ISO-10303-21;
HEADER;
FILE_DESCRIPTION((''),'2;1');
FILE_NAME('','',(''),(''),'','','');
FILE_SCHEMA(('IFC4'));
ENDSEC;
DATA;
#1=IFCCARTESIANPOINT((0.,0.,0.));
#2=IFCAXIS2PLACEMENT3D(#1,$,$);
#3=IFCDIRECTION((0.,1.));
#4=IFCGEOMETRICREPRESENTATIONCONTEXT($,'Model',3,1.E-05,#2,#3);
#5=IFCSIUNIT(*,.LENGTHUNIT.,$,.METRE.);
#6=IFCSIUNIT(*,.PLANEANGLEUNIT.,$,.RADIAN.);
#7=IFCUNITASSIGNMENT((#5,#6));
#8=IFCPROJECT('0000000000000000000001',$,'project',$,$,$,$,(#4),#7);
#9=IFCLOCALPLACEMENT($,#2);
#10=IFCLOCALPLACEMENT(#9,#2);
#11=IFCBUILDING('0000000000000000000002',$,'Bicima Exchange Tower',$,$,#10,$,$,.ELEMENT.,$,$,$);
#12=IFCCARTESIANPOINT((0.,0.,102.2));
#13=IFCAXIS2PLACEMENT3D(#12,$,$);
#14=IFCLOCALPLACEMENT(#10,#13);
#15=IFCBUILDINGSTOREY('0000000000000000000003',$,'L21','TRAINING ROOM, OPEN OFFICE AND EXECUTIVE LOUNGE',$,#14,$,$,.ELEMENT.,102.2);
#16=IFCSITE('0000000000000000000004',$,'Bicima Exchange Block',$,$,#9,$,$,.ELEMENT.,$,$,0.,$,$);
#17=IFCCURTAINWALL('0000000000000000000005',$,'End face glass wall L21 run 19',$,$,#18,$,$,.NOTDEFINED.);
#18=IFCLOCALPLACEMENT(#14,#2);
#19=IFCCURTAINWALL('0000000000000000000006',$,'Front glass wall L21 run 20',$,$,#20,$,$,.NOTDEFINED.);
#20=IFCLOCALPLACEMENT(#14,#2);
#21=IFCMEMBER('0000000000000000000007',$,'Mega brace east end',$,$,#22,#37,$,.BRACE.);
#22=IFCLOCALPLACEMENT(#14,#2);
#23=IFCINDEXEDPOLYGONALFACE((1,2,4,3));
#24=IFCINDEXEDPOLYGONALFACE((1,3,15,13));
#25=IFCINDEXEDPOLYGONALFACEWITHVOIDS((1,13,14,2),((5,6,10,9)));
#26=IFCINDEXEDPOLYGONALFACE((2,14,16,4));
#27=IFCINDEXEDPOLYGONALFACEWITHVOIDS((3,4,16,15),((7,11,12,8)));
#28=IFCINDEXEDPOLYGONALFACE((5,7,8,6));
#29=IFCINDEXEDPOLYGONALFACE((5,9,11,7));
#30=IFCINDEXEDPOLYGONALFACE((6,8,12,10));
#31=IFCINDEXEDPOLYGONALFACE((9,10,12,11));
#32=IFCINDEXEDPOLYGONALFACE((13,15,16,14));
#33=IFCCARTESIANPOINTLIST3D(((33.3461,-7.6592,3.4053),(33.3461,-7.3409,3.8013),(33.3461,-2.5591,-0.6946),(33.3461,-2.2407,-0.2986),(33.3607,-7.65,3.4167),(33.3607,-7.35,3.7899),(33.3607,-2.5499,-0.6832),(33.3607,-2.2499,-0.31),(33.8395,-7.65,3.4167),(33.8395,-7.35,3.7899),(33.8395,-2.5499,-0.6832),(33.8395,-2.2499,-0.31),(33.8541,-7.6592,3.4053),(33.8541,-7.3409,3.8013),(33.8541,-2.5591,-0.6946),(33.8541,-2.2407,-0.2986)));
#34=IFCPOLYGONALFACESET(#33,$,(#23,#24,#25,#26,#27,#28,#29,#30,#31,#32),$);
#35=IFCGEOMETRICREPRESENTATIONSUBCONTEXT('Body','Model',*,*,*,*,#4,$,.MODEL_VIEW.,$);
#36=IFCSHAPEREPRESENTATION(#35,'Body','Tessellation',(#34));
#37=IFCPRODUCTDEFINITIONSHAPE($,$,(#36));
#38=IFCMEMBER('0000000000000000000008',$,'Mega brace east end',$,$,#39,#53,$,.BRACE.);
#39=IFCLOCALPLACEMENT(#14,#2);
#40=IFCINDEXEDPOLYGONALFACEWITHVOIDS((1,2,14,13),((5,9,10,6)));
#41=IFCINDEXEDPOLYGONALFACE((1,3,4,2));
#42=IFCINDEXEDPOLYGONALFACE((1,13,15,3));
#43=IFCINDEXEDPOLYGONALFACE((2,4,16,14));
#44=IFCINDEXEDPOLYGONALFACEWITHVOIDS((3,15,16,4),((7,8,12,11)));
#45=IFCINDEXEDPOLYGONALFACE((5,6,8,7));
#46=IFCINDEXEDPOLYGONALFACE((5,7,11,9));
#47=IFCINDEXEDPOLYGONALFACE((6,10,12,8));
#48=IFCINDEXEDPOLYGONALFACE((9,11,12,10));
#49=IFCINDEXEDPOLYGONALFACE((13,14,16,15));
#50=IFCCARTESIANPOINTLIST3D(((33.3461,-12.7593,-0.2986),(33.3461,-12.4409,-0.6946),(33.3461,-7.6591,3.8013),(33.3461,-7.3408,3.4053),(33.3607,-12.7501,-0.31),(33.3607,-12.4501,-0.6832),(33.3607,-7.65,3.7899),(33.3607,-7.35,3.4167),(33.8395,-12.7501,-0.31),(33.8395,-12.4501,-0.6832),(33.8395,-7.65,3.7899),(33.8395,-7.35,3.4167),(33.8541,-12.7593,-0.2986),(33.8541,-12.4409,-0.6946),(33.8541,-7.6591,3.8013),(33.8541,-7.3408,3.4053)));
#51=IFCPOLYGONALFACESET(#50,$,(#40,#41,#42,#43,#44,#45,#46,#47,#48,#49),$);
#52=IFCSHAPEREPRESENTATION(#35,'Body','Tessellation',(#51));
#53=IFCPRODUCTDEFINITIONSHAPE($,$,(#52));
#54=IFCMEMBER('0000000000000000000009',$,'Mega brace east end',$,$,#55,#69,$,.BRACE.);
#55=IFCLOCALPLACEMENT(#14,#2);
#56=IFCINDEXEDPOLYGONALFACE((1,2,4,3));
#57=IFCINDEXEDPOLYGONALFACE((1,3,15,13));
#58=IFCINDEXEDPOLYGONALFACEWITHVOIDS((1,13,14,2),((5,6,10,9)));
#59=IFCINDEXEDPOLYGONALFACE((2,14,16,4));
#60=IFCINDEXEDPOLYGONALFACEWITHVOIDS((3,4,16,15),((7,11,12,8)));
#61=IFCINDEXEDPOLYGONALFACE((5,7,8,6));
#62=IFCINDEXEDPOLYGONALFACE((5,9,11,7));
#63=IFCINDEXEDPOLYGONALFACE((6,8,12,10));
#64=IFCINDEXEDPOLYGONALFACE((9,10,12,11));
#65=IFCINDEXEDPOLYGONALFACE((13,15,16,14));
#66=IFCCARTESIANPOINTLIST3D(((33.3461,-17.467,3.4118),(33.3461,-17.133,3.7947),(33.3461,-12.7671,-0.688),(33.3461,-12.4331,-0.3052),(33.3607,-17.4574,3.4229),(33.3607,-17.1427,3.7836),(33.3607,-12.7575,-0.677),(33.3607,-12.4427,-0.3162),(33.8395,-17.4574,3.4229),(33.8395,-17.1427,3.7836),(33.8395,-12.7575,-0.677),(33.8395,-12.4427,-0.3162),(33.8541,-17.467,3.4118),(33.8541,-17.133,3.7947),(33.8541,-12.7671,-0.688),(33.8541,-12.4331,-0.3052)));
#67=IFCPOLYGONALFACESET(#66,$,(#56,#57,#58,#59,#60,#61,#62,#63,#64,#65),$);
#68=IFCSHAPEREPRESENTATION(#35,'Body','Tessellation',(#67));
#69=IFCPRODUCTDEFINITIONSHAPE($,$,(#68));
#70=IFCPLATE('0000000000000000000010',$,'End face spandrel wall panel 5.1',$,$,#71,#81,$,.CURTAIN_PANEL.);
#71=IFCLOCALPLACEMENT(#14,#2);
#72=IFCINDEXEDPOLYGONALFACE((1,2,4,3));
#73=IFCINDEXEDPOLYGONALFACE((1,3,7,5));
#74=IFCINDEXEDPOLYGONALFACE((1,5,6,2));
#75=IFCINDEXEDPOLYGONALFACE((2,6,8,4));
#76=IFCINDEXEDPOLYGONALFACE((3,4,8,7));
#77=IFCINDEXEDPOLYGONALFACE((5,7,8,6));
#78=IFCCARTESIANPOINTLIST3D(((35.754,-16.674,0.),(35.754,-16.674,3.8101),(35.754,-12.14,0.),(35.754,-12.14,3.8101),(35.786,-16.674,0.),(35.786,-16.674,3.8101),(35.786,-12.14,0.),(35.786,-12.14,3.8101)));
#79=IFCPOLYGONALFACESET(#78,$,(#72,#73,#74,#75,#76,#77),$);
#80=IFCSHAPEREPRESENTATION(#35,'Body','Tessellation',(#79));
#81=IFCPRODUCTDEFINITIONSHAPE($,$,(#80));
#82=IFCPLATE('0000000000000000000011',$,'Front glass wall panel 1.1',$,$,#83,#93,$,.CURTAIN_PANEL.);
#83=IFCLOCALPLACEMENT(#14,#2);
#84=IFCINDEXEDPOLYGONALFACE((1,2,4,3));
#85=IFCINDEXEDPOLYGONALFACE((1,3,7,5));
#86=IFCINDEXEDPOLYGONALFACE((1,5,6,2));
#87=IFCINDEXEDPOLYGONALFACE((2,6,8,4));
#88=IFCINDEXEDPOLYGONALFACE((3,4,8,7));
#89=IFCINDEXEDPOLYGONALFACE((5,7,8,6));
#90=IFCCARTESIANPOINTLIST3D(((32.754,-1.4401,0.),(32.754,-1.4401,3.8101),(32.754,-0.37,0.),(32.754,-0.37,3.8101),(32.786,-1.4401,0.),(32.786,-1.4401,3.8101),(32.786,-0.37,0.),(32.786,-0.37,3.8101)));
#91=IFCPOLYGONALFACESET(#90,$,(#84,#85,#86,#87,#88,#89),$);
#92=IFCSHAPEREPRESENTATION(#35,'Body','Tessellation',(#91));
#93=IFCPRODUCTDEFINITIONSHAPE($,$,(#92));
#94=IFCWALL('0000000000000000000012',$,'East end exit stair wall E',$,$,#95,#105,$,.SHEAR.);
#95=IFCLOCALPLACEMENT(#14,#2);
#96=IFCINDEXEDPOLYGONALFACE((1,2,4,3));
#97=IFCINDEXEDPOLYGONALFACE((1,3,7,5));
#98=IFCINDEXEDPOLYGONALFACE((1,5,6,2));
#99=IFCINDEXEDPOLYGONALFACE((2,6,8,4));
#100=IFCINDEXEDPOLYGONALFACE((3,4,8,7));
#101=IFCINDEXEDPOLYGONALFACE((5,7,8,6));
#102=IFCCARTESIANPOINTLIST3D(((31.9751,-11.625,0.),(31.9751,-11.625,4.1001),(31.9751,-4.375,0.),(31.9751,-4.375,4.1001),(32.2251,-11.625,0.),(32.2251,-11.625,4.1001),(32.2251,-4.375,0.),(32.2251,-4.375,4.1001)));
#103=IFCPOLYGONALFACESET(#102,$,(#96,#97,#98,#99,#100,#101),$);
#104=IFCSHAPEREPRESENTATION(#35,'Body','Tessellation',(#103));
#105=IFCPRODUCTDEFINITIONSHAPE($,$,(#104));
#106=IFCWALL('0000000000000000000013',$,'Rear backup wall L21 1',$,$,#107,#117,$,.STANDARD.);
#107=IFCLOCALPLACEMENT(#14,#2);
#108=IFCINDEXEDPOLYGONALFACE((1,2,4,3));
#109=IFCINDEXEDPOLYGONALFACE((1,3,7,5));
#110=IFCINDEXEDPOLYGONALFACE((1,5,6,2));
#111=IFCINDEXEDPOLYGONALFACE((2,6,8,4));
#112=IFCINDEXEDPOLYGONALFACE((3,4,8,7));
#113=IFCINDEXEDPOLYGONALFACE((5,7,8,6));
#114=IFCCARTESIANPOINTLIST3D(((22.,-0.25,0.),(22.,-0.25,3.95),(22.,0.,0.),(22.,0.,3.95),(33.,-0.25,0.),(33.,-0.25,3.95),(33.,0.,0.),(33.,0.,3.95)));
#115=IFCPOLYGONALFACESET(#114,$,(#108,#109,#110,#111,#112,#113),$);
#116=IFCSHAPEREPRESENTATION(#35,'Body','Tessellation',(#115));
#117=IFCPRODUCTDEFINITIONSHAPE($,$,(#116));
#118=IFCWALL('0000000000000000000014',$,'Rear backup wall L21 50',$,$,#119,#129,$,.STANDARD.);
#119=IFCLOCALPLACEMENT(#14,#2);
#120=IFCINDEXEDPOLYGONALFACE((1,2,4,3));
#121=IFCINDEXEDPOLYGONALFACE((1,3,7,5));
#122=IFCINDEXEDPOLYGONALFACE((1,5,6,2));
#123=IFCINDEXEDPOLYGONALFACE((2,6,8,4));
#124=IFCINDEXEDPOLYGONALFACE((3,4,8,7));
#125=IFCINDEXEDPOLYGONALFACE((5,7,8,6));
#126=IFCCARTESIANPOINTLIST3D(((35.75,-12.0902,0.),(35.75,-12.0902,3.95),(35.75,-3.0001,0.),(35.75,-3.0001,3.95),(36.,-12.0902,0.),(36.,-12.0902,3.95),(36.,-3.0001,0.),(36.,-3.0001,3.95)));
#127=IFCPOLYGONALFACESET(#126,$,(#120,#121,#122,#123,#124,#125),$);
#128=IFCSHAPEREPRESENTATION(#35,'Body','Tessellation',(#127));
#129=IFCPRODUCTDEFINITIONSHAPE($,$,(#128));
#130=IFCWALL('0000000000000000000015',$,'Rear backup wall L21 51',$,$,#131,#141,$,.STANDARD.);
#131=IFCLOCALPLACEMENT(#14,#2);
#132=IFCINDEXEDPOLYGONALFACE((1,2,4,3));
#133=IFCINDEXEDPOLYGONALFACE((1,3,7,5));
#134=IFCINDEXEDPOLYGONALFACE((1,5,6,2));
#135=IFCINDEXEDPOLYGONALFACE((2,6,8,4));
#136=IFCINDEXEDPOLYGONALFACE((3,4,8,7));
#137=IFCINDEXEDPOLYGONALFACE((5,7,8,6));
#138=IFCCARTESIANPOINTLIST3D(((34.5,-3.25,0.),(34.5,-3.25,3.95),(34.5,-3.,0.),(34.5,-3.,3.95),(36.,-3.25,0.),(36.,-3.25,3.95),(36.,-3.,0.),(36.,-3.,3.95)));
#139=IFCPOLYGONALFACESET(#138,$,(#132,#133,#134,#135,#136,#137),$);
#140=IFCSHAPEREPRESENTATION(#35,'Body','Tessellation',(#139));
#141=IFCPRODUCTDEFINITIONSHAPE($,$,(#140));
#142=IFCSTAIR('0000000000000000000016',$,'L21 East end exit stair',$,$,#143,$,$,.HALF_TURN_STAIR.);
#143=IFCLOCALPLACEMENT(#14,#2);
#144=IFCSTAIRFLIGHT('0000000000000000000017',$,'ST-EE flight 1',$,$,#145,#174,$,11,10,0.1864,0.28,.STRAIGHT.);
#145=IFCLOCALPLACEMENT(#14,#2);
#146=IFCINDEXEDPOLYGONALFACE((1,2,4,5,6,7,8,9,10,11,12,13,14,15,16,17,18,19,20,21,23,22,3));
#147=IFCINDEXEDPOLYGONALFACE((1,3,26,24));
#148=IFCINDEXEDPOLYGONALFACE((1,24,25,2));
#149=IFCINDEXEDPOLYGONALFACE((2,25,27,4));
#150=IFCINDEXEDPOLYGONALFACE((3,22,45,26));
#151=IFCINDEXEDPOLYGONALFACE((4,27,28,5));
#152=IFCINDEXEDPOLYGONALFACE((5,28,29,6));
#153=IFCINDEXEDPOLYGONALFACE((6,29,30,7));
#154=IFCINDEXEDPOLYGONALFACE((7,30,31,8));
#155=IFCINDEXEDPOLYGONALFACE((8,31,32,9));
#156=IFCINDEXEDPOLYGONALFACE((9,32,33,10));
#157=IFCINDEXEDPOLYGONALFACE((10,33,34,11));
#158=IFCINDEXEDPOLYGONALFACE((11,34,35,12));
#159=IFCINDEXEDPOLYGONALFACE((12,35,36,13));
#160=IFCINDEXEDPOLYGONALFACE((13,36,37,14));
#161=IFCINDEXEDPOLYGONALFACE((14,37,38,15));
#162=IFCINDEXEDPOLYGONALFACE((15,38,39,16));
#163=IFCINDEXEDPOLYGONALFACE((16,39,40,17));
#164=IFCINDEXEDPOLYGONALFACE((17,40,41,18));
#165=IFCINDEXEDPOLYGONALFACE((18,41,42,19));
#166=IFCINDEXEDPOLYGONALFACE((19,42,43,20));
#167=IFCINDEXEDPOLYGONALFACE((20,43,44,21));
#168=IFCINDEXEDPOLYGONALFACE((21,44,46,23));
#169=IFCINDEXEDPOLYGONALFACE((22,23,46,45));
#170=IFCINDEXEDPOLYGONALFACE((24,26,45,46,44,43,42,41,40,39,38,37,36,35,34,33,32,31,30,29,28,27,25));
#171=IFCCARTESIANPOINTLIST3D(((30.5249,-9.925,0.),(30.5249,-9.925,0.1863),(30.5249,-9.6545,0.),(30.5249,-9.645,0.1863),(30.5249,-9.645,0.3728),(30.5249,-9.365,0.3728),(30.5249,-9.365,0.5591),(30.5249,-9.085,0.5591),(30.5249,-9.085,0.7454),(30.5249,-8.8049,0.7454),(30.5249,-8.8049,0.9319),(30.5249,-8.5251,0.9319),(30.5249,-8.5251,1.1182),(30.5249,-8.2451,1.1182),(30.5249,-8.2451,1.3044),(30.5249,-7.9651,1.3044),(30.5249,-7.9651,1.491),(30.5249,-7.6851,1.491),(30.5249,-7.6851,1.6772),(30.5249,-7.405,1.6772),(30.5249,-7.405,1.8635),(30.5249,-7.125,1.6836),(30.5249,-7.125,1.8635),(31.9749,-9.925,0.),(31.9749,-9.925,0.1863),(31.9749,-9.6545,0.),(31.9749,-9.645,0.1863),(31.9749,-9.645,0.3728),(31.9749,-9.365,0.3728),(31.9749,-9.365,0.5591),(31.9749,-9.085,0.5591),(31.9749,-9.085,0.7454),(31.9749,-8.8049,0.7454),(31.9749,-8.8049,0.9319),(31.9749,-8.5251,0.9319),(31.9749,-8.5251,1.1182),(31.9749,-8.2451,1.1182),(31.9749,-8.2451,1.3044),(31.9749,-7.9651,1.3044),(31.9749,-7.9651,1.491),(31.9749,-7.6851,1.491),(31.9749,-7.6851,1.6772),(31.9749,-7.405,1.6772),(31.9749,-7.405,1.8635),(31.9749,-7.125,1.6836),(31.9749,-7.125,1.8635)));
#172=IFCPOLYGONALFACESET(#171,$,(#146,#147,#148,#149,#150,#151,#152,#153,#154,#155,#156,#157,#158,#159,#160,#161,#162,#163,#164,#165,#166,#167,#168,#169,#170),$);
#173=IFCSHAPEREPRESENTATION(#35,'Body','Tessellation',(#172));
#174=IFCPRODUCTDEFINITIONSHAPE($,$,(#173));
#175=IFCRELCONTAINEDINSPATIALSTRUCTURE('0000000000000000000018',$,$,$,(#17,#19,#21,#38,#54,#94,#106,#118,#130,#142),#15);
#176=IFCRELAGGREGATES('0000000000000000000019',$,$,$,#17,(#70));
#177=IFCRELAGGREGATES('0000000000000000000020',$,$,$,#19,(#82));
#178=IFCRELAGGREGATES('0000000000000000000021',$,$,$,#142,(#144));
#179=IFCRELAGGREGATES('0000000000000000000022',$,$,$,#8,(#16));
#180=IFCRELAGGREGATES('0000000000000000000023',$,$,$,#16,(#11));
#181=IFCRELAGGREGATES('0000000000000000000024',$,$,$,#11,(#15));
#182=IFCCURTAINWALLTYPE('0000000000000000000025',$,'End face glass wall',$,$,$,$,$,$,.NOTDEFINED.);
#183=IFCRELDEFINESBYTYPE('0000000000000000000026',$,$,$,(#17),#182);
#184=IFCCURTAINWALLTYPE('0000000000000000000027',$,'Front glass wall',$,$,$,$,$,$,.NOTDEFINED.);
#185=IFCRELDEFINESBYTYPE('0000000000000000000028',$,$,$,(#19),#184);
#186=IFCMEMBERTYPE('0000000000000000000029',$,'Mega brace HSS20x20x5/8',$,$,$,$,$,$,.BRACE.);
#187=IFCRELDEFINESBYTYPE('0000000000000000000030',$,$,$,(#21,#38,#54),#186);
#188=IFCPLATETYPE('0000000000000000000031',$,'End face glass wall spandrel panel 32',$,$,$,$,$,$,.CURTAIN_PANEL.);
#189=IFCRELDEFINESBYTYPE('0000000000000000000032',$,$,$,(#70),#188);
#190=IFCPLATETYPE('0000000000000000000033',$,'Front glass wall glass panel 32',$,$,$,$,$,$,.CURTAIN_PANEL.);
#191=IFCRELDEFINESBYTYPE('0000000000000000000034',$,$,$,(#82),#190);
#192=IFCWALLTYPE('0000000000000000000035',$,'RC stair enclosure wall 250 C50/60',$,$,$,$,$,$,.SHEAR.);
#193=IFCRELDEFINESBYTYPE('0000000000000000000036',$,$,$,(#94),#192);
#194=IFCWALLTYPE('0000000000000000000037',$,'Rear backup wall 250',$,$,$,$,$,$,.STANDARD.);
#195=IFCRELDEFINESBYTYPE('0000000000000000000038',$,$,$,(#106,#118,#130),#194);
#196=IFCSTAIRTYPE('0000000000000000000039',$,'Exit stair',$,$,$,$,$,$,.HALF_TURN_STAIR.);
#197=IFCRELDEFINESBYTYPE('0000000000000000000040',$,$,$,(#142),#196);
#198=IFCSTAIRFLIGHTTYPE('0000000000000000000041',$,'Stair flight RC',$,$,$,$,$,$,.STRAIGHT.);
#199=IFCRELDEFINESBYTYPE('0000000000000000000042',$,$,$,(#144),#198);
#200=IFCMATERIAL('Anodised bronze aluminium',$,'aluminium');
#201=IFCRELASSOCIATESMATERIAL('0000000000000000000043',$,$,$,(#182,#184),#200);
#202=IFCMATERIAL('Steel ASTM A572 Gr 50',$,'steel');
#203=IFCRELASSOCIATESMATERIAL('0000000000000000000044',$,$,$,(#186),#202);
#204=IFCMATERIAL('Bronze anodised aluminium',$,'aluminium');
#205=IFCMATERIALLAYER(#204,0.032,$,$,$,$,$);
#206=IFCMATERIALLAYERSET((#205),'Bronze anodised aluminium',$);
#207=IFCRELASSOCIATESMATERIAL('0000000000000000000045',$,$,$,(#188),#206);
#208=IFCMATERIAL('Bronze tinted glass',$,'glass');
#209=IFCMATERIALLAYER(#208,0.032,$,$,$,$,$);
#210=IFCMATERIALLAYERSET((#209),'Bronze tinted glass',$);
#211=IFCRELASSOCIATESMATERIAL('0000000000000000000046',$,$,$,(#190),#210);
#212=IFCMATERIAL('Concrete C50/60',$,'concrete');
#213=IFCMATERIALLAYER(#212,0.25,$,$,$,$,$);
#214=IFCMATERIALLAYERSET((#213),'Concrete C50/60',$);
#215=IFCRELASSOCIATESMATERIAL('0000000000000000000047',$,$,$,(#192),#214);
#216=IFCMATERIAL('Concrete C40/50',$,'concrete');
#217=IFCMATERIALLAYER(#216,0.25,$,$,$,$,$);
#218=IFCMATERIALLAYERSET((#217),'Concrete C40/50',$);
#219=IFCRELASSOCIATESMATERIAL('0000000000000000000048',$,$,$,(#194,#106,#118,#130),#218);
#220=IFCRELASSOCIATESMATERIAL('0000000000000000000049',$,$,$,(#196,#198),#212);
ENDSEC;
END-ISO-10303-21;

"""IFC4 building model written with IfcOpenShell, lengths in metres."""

from ifc_helpers import new_model, si_unit, direction, frame, frame_2d, origin, origin_2d, place, context, subcontext, project, spatial, polyline, rectangle, hollow_rectangle, outline, extrude, material, layer, layer_set, layer_usage, material_profile, profile_set, type_object, element, aggregate, save


model = new_model("IFC4")

# Units and contexts
model_context = context("Model", 3, precision=1e-05, world=origin(), true_north=direction((0.0, 1.0)))
body_context = subcontext(model_context, "Body", "Model", "MODEL_VIEW")
ifc_project = project(units=[si_unit("LENGTHUNIT", "METRE"), si_unit("PLANEANGLEUNIT", "RADIAN")], contexts=[model_context])

# Site, building, storey
site_placement = place(None, origin())
site = spatial("IfcSite", under=ifc_project, at=site_placement, Name="Bicima Exchange Block", CompositionType="ELEMENT", RefElevation=0.0)
building_placement = place(site_placement, origin())
building = spatial("IfcBuilding", under=site, at=building_placement, Name="Bicima Exchange Tower", CompositionType="ELEMENT")
storey_placement = place(building_placement, frame((0.0, 0.0, 102.2)))
storey = spatial("IfcBuildingStorey", under=building, at=storey_placement, Name="L21", Description="TRAINING ROOM, OPEN OFFICE AND EXECUTIVE LOUNGE", CompositionType="ELEMENT", Elevation=102.2)

# Shared definitions
ifc_material_1 = material(Name="Steel ASTM A572 Gr 50", Category="steel")

# Curtain wall
ifc_material_2 = material(Name="Anodised bronze aluminium", Category="aluminium")
curtain_wall_type_1 = type_object("IfcCurtainWallType", Name="End face glass wall", PredefinedType="NOTDEFINED", material=ifc_material_2)
curtain_wall_1_placement = place(storey_placement, origin())
curtain_wall_1 = element("IfcCurtainWall", 1, at=curtain_wall_1_placement, inside=storey, type_object=curtain_wall_type_1, Name="End face glass wall L21 run 19", PredefinedType="NOTDEFINED")

# Curtain wall
curtain_wall_type_2 = type_object("IfcCurtainWallType", Name="Front glass wall", PredefinedType="NOTDEFINED", material=ifc_material_2)
curtain_wall_2_placement = place(storey_placement, origin())
curtain_wall_2 = element("IfcCurtainWall", 2, at=curtain_wall_2_placement, inside=storey, type_object=curtain_wall_type_2, Name="Front glass wall L21 run 20", PredefinedType="NOTDEFINED")

# Members
ifc_material_profile_1 = material_profile(ifc_material_1, hollow_rectangle(XDim=0.5081, YDim=0.5081, WallThickness=0.0146, at=origin_2d()))
ifc_profile_set_1 = profile_set([ifc_material_profile_1], Name="Steel ASTM A572 Gr 50")
member_type_1 = type_object("IfcMemberType", Name="Mega brace HSS20x20x5/8", PredefinedType="BRACE", material=ifc_profile_set_1)
for number, where, z_axis, x_axis, name in (
    (3, (33.6001, -2.3999, -0.4966), (0.0, -0.779392, 0.626536), (1.0, 0.0, 0.0), "Mega brace east end"),
    (4, (33.6001, -12.6001, -0.4966), (0.0, 0.779392, 0.626536), (-1.0, 0.0, 0.0), "Mega brace east end"),
):
    element("IfcMember", number, at=place(storey_placement, frame(where, z_axis=z_axis, x_axis=x_axis)), inside=storey, type_object=member_type_1, Name=name, PredefinedType="BRACE", context=body_context, shape_type="SweptSolid", body=[
        extrude(hollow_rectangle(XDim=0.5081, YDim=0.5081, WallThickness=0.0146, at=origin_2d()), origin(), (0.0, 0.0, 1.0), 6.5437),
    ])
member_1_placement = place(storey_placement, frame((33.6001, -12.6001, -0.4966), z_axis=(0.0, -0.753577, 0.657359), x_axis=(1.0, 0.0, 0.0)))
element("IfcMember", 5, at=member_1_placement, inside=storey, type_object=member_type_1, Name="Mega brace east end", PredefinedType="BRACE", context=body_context, shape_type="SweptSolid", body=[
    extrude(hollow_rectangle(XDim=0.5081, YDim=0.5081, WallThickness=0.0146, at=origin_2d()), origin(), (0.0, 0.0, 1.0), 6.2368),
])

# Plates
ifc_material_3 = material(Name="Bronze anodised aluminium", Category="aluminium")
ifc_layer_1 = layer(ifc_material_3, 0.032)
ifc_layer_set_1 = layer_set([ifc_layer_1], Name="Bronze anodised aluminium")
plate_type_1 = type_object("IfcPlateType", Name="End face glass wall spandrel panel 32", PredefinedType="CURTAIN_PANEL", material=ifc_layer_set_1)
plate_1_placement = place(storey_placement, frame((35.77, -14.407, 0.0), z_axis=(0.0, 0.0, 1.0), x_axis=(0.0, 1.0, 0.0)))
plate_1 = element("IfcPlate", 6, at=plate_1_placement, type_object=plate_type_1, Name="End face spandrel wall panel 5.1", PredefinedType="CURTAIN_PANEL", context=body_context, shape_type="SweptSolid", body=[
    extrude(rectangle(XDim=4.5339, YDim=0.032, at=origin_2d()), origin(), (0.0, 0.0, 1.0), 3.8101),
])
aggregate(curtain_wall_1, [plate_1])
ifc_material_4 = material(Name="Bronze tinted glass", Category="glass")
ifc_layer_2 = layer(ifc_material_4, 0.032)
ifc_layer_set_2 = layer_set([ifc_layer_2], Name="Bronze tinted glass")
plate_type_2 = type_object("IfcPlateType", Name="Front glass wall glass panel 32", PredefinedType="CURTAIN_PANEL", material=ifc_layer_set_2)
plate_2_placement = place(storey_placement, frame((32.77, -0.905, 0.0), z_axis=(0.0, 0.0, 1.0), x_axis=(0.0, 1.0, 0.0)))
plate_2 = element("IfcPlate", 7, at=plate_2_placement, type_object=plate_type_2, Name="Front glass wall panel 1.1", PredefinedType="CURTAIN_PANEL", context=body_context, shape_type="SweptSolid", body=[
    extrude(rectangle(XDim=1.0701, YDim=0.032, at=origin_2d()), origin(), (0.0, 0.0, 1.0), 3.8101),
])
aggregate(curtain_wall_2, [plate_2])

# Walls
ifc_material_5 = material(Name="Concrete C50/60", Category="concrete")
ifc_layer_3 = layer(ifc_material_5, 0.25)
ifc_layer_set_3 = layer_set([ifc_layer_3], Name="Concrete C50/60")
wall_type_1 = type_object("IfcWallType", Name="RC stair enclosure wall 250 C50/60", PredefinedType="SHEAR", material=ifc_layer_set_3)
wall_1_placement = place(storey_placement, frame((32.1001, -11.625, 0.0), z_axis=(0.0, 0.0, 1.0), x_axis=(0.0, 1.0, 0.0)))
element("IfcWall", 8, at=wall_1_placement, inside=storey, type_object=wall_type_1, Name="East end exit stair wall E", PredefinedType="SHEAR", context=body_context, shape_type="SweptSolid", body=[
    extrude(rectangle(XDim=7.25, YDim=0.25, at=frame_2d((3.625, 0.0))), origin(), (0.0, 0.0, 1.0), 4.1001),
])
ifc_material_6 = material(Name="Concrete C40/50", Category="concrete")
ifc_layer_4 = layer(ifc_material_6, 0.25)
ifc_layer_set_4 = layer_set([ifc_layer_4], Name="Concrete C40/50")
ifc_layer_usage = layer_usage(ifc_layer_set_4, "AXIS2", "POSITIVE", -0.125)
wall_type_2 = type_object("IfcWallType", Name="Rear backup wall 250", PredefinedType="STANDARD", material=ifc_layer_set_4)
wall_2_placement = place(storey_placement, frame((33.0, -0.125, 0.0), z_axis=(0.0, 0.0, 1.0), x_axis=(-1.0, 0.0, 0.0)))
element("IfcWall", 9, at=wall_2_placement, inside=storey, type_object=wall_type_2, material=ifc_layer_usage, Name="Rear backup wall L21 1", PredefinedType="STANDARD", context=body_context, shape_type="SweptSolid", body=[
    extrude(rectangle(XDim=11.0, YDim=0.25, at=frame_2d((5.5, 0.0))), origin(), (0.0, 0.0, 1.0), 3.95),
])
wall_3_placement = place(storey_placement, frame((35.875, -12.0901, 0.0), z_axis=(0.0, 0.0, 1.0), x_axis=(0.0, 1.0, 0.0)))
element("IfcWall", 10, at=wall_3_placement, inside=storey, type_object=wall_type_2, material=ifc_layer_usage, Name="Rear backup wall L21 50", PredefinedType="STANDARD", context=body_context, shape_type="SweptSolid", body=[
    extrude(rectangle(XDim=9.0901, YDim=0.25, at=frame_2d((4.5449, 0.0))), origin(), (0.0, 0.0, 1.0), 3.95),
])
wall_4_placement = place(storey_placement, frame((36.0, -3.125, 0.0), z_axis=(0.0, 0.0, 1.0), x_axis=(-1.0, 0.0, 0.0)))
element("IfcWall", 11, at=wall_4_placement, inside=storey, type_object=wall_type_2, material=ifc_layer_usage, Name="Rear backup wall L21 51", PredefinedType="STANDARD", context=body_context, shape_type="SweptSolid", body=[
    extrude(rectangle(XDim=1.5, YDim=0.25, at=frame_2d((0.75, 0.0))), origin(), (0.0, 0.0, 1.0), 3.95),
])

# Stair, stair flight
stair_type = type_object("IfcStairType", Name="Exit stair", PredefinedType="HALF_TURN_STAIR", material=ifc_material_5)
stair_placement = place(storey_placement, origin())
stair = element("IfcStair", 12, at=stair_placement, inside=storey, type_object=stair_type, Name="L21 East end exit stair", PredefinedType="HALF_TURN_STAIR")
stair_flight_type = type_object("IfcStairFlightType", Name="Stair flight RC", PredefinedType="STRAIGHT", material=ifc_material_5)
stair_flight_1_placement = place(storey_placement, frame((31.25, -9.925, 0.0), z_axis=(0.0, 0.0, 1.0), x_axis=(0.0, 1.0, 0.0)))
stair_flight_1 = element("IfcStairFlight", 13, at=stair_flight_1_placement, type_object=stair_flight_type, Name="ST-EE flight 1", NumberOfRisers=11, NumberOfTreads=10, PredefinedType="STRAIGHT", RiserHeight=0.1864, TreadLength=0.28, context=body_context, shape_type="SweptSolid", body=[
    extrude(outline(polyline([(0.0, 0.0), (0.0, 0.1863), (0.28, 0.1863), (0.28, 0.3728), (0.5601, 0.3728), (0.5601, 0.5591), (0.8401, 0.5591), (0.8401, 0.7454), (1.1201, 0.7454), (1.1201, 0.9319), (1.3999, 0.9319), (1.3999, 1.1182), (1.6799, 1.1182), (1.6799, 1.3044), (1.96, 1.3044), (1.96, 1.491), (2.24, 1.491), (2.24, 1.6772), (2.52, 1.6772), (2.52, 1.8635), (2.8, 1.8635), (2.8, 2.05), (2.8, 1.6836), (0.2705, 0.0), (0.0, 0.0)])), frame((0.0, 0.7251, 0.0), z_axis=(0.0, -1.0, 0.0), x_axis=(1.0, 0.0, 0.0)), (0.0, 0.0, 1.0), 1.45),
])
aggregate(stair, [stair_flight_1])

save(model, "model.ifc")
